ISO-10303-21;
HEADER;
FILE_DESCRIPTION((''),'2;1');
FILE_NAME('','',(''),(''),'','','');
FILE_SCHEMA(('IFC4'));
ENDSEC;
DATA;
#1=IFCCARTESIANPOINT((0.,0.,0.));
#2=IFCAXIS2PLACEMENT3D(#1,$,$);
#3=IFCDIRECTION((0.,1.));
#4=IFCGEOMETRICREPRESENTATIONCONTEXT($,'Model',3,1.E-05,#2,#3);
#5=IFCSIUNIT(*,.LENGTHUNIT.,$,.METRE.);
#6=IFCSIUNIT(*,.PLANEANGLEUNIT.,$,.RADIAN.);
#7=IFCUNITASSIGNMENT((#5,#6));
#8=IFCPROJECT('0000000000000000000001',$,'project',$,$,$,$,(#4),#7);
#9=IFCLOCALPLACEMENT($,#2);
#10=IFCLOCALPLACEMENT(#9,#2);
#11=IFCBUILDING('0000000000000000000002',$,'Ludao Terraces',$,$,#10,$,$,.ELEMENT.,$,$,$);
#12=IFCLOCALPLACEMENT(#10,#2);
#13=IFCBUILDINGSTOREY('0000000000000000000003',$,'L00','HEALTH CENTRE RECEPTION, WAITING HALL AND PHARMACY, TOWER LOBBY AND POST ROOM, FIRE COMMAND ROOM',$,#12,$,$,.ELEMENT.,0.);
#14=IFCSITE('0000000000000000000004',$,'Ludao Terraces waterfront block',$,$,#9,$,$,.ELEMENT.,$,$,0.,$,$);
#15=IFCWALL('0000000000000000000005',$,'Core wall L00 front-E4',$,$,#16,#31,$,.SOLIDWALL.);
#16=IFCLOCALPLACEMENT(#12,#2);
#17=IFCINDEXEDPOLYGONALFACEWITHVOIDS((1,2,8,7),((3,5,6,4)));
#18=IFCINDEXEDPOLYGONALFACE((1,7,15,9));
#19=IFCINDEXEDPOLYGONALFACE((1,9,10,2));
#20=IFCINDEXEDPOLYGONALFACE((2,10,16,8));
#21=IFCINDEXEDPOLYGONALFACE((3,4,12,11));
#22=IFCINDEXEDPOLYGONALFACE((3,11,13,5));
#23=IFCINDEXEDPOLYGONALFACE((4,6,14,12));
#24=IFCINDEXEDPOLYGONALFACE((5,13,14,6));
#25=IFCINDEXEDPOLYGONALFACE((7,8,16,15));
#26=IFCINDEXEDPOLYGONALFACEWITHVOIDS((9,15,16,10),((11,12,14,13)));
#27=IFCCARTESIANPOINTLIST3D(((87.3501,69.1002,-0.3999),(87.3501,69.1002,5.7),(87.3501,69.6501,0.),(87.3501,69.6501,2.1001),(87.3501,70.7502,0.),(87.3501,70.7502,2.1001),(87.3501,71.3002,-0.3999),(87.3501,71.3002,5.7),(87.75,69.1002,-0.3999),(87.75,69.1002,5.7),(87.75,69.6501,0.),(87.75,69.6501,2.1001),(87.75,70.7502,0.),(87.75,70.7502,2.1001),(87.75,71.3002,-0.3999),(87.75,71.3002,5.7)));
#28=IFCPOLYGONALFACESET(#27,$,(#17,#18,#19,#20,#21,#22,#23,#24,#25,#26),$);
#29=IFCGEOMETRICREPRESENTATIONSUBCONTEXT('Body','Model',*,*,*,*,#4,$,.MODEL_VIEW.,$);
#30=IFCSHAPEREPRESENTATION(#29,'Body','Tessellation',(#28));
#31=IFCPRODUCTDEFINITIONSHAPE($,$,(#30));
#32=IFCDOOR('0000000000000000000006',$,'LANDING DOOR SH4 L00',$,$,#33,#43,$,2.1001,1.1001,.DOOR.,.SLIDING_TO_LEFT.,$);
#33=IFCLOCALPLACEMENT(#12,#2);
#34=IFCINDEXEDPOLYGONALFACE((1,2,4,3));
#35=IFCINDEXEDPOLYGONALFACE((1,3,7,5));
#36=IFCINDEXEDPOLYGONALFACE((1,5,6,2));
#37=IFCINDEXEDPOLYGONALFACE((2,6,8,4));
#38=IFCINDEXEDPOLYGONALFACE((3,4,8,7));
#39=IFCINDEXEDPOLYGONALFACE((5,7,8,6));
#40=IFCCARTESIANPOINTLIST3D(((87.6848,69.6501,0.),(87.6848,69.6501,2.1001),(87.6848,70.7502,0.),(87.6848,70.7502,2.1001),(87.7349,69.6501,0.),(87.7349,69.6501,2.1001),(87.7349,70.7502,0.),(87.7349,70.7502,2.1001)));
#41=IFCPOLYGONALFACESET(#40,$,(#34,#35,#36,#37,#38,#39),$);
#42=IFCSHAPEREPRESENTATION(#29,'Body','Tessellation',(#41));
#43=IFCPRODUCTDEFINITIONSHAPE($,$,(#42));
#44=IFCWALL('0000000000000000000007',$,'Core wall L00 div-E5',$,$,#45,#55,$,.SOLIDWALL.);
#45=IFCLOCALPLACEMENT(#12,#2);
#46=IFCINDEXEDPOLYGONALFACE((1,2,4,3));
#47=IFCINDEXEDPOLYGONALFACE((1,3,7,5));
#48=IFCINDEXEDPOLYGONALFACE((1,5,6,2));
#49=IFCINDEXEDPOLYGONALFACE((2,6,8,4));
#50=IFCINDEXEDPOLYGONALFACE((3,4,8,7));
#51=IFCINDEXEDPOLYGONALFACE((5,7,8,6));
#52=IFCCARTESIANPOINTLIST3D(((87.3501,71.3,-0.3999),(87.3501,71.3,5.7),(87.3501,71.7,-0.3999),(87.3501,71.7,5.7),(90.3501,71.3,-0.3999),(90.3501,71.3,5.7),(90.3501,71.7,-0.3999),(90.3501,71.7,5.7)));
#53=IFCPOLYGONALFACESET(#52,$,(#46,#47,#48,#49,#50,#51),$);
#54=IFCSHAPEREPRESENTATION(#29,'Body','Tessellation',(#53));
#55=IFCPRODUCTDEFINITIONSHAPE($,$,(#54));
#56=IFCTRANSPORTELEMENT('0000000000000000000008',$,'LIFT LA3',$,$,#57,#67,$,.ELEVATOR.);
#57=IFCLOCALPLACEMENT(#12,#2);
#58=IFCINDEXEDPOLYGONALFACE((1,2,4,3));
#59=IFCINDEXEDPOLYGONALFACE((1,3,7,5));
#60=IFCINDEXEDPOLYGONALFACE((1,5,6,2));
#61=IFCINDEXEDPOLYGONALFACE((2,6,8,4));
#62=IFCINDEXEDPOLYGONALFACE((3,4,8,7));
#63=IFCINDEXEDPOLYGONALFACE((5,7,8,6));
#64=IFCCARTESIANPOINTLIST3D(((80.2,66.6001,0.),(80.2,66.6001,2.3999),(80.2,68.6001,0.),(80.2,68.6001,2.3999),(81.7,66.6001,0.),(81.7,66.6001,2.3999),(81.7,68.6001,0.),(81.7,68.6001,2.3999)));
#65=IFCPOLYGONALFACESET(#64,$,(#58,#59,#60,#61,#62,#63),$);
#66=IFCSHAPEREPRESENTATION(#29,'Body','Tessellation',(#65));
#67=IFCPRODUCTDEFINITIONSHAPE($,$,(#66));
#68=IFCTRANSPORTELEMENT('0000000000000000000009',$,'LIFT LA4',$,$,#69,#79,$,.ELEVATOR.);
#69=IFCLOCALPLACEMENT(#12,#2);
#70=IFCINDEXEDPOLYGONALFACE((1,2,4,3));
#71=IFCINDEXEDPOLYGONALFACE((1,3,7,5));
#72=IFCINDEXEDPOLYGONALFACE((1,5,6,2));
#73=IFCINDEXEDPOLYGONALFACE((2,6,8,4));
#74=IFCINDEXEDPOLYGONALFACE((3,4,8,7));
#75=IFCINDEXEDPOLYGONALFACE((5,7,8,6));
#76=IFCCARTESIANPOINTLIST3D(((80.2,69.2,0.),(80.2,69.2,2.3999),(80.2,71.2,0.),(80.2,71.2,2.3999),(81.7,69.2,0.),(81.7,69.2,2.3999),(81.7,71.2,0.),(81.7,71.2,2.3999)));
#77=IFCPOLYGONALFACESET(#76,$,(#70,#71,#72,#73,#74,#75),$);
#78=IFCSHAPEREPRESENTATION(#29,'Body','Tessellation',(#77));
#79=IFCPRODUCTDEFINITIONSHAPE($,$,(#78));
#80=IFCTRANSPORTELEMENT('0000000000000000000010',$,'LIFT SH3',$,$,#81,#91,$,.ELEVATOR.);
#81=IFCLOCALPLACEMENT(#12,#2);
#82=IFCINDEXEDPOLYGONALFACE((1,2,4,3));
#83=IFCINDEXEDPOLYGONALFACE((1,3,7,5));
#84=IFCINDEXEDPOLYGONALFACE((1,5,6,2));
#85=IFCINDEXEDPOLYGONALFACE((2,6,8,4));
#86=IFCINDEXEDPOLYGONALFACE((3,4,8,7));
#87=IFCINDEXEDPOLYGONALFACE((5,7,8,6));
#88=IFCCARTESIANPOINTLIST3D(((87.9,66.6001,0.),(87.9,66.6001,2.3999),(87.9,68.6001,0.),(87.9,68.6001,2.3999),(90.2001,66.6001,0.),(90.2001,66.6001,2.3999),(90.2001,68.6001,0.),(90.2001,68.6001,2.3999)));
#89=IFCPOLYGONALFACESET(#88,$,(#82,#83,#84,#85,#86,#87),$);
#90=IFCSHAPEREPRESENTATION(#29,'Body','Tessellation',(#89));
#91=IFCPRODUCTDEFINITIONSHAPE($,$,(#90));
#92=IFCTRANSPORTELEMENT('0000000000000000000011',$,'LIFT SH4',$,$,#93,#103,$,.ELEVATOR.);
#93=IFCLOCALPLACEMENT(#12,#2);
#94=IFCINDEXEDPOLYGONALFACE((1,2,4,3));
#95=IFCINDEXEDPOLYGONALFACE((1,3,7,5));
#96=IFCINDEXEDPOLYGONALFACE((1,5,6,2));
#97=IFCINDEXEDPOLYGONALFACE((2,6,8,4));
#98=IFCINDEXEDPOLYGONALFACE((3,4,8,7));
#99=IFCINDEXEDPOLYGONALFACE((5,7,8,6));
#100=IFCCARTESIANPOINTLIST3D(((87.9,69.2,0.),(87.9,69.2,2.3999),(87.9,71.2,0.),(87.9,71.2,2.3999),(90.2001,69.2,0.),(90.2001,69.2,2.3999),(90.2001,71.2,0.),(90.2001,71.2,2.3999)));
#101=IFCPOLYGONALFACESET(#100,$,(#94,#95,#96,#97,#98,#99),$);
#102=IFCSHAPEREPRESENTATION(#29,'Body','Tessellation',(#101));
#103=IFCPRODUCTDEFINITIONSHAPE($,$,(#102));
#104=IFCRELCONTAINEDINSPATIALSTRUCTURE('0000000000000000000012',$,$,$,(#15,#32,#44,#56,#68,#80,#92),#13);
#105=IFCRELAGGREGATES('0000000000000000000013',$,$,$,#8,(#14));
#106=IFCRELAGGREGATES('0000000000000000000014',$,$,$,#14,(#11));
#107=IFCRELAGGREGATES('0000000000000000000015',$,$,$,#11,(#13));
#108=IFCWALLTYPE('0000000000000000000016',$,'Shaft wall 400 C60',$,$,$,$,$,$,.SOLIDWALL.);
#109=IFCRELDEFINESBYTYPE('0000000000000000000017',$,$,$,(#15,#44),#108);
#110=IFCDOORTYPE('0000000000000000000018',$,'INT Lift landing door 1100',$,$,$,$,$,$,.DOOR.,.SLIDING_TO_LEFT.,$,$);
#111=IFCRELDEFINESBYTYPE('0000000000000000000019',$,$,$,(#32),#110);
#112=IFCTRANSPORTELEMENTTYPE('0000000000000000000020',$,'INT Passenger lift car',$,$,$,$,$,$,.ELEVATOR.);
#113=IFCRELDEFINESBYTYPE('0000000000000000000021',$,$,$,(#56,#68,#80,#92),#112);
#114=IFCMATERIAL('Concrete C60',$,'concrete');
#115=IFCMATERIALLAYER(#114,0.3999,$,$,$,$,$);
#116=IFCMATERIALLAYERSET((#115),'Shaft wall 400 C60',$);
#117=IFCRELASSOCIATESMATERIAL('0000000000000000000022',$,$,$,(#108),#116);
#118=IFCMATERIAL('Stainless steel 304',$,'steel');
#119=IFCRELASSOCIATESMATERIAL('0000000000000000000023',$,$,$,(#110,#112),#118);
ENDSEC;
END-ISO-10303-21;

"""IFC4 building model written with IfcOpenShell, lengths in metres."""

from ifc_helpers import new_model, si_unit, direction, frame, frame_2d, origin, origin_2d, place, context, subcontext, project, spatial, rectangle, extrude, material, layer, layer_set, type_object, element, fill, save


model = new_model("IFC4")

# Units and contexts
model_context = context("Model", 3, precision=1e-05, world=origin(), true_north=direction((0.0, 1.0)))
body_context = subcontext(model_context, "Body", "Model", "MODEL_VIEW")
ifc_project = project(units=[si_unit("LENGTHUNIT", "METRE"), si_unit("PLANEANGLEUNIT", "RADIAN")], contexts=[model_context])

# Site, building, storey
site_placement = place(None, origin())
site = spatial("IfcSite", under=ifc_project, at=site_placement, Name="Ludao Terraces waterfront block", CompositionType="ELEMENT", RefElevation=0.0)
building_placement = place(site_placement, origin())
building = spatial("IfcBuilding", under=site, at=building_placement, Name="Ludao Terraces", CompositionType="ELEMENT")
storey_placement = place(building_placement, origin())
storey = spatial("IfcBuildingStorey", under=building, at=storey_placement, Name="L00", Description="HEALTH CENTRE RECEPTION, WAITING HALL AND PHARMACY, TOWER LOBBY AND POST ROOM, FIRE COMMAND ROOM", CompositionType="ELEMENT", Elevation=0.0)

# Shared definitions
ifc_material_1 = material(Name="Concrete C60", Category="concrete")
ifc_layer = layer(ifc_material_1, 0.3999)
ifc_layer_set = layer_set([ifc_layer], Name="Shaft wall 400 C60")
wall_type = type_object("IfcWallType", Name="Shaft wall 400 C60", PredefinedType="SOLIDWALL", material=ifc_layer_set)
ifc_material_2 = material(Name="Stainless steel 304", Category="steel")
door_type = type_object("IfcDoorType", Name="INT Lift landing door 1100", OperationType="SLIDING_TO_LEFT", PredefinedType="DOOR", material=ifc_material_2)

# Wall, opening, door
wall_1_placement = place(storey_placement, frame((87.55, 69.1001, -0.3999), z_axis=(0.0, 0.0, 1.0), x_axis=(0.0, 1.0, 0.0)))
wall_1 = element("IfcWall", 1, at=wall_1_placement, inside=storey, type_object=wall_type, Name="Core wall L00 front-E4", PredefinedType="SOLIDWALL", context=body_context, shape_type="SweptSolid", body=[
    extrude(rectangle(XDim=2.2, YDim=0.3999, at=frame_2d((1.1001, 0.0))), origin(), (0.0, 0.0, 1.0), 6.0999),
])
opening_1_placement = place(wall_1_placement, frame((0.55, 0.0, 0.3999)))
opening_1 = element("IfcOpeningElement", 2, at=opening_1_placement, cuts=wall_1, PredefinedType="OPENING", context=body_context, shape_type="SweptSolid", body=[
    extrude(rectangle(XDim=1.1001, YDim=2.1001, at=frame_2d((0.55, 1.05))), frame((0.0, 0.21, 0.0), z_axis=(0.0, -1.0, 0.0), x_axis=(1.0, 0.0, 0.0)), (0.0, 0.0, 1.0), 0.4199),
])
door_1_placement = place(opening_1_placement, origin())
door_1 = element("IfcDoor", 3, at=door_1_placement, inside=storey, type_object=door_type, Name="LANDING DOOR SH4 L00", OperationType="SLIDING_TO_LEFT", OverallHeight=2.1001, OverallWidth=1.1001, PredefinedType="DOOR", context=body_context, shape_type="SweptSolid", body=[
    extrude(rectangle(XDim=1.1001, YDim=2.1001, at=frame_2d((0.55, 1.05))), frame((0.0, -0.1348, 0.0), z_axis=(0.0, -1.0, 0.0), x_axis=(1.0, 0.0, 0.0)), (0.0, 0.0, 1.0), 0.05),
])
fill(opening_1, door_1)

# Wall
wall_2_placement = place(storey_placement, frame((87.3501, 71.5, -0.3999), z_axis=(0.0, 0.0, 1.0), x_axis=(1.0, 0.0, 0.0)))
element("IfcWall", 4, at=wall_2_placement, inside=storey, type_object=wall_type, Name="Core wall L00 div-E5", PredefinedType="SOLIDWALL", context=body_context, shape_type="SweptSolid", body=[
    extrude(rectangle(XDim=3.0, YDim=0.3999, at=frame_2d((1.5, 0.0))), origin(), (0.0, 0.0, 1.0), 6.0999),
])

# Transport elements
transport_element_type = type_object("IfcTransportElementType", Name="INT Passenger lift car", PredefinedType="ELEVATOR", material=ifc_material_2)
for number, where, z_axis, x_axis, name in (
    (5, (80.95, 67.6001, 0.0), (0.0, 0.0, 1.0), (1.0, 0.0, 0.0), "LIFT LA3"),
    (6, (80.95, 70.2, 0.0), (0.0, 0.0, 1.0), (1.0, 0.0, 0.0), "LIFT LA4"),
):
    element("IfcTransportElement", number, at=place(storey_placement, frame(where, z_axis=z_axis, x_axis=x_axis)), inside=storey, type_object=transport_element_type, Name=name, PredefinedType="ELEVATOR", context=body_context, shape_type="SweptSolid", body=[
        extrude(rectangle(XDim=1.5, YDim=2.0, at=origin_2d()), origin(), (0.0, 0.0, 1.0), 2.3999),
    ])
for number, where, z_axis, x_axis, name in (
    (7, (89.05, 67.6001, 0.0), (0.0, 0.0, 1.0), (1.0, 0.0, 0.0), "LIFT SH3"),
    (8, (89.05, 70.2, 0.0), (0.0, 0.0, 1.0), (1.0, 0.0, 0.0), "LIFT SH4"),
):
    element("IfcTransportElement", number, at=place(storey_placement, frame(where, z_axis=z_axis, x_axis=x_axis)), inside=storey, type_object=transport_element_type, Name=name, PredefinedType="ELEVATOR", context=body_context, shape_type="SweptSolid", body=[
        extrude(rectangle(XDim=2.3, YDim=2.0, at=origin_2d()), origin(), (0.0, 0.0, 1.0), 2.3999),
    ])

save(model, "model.ifc")
